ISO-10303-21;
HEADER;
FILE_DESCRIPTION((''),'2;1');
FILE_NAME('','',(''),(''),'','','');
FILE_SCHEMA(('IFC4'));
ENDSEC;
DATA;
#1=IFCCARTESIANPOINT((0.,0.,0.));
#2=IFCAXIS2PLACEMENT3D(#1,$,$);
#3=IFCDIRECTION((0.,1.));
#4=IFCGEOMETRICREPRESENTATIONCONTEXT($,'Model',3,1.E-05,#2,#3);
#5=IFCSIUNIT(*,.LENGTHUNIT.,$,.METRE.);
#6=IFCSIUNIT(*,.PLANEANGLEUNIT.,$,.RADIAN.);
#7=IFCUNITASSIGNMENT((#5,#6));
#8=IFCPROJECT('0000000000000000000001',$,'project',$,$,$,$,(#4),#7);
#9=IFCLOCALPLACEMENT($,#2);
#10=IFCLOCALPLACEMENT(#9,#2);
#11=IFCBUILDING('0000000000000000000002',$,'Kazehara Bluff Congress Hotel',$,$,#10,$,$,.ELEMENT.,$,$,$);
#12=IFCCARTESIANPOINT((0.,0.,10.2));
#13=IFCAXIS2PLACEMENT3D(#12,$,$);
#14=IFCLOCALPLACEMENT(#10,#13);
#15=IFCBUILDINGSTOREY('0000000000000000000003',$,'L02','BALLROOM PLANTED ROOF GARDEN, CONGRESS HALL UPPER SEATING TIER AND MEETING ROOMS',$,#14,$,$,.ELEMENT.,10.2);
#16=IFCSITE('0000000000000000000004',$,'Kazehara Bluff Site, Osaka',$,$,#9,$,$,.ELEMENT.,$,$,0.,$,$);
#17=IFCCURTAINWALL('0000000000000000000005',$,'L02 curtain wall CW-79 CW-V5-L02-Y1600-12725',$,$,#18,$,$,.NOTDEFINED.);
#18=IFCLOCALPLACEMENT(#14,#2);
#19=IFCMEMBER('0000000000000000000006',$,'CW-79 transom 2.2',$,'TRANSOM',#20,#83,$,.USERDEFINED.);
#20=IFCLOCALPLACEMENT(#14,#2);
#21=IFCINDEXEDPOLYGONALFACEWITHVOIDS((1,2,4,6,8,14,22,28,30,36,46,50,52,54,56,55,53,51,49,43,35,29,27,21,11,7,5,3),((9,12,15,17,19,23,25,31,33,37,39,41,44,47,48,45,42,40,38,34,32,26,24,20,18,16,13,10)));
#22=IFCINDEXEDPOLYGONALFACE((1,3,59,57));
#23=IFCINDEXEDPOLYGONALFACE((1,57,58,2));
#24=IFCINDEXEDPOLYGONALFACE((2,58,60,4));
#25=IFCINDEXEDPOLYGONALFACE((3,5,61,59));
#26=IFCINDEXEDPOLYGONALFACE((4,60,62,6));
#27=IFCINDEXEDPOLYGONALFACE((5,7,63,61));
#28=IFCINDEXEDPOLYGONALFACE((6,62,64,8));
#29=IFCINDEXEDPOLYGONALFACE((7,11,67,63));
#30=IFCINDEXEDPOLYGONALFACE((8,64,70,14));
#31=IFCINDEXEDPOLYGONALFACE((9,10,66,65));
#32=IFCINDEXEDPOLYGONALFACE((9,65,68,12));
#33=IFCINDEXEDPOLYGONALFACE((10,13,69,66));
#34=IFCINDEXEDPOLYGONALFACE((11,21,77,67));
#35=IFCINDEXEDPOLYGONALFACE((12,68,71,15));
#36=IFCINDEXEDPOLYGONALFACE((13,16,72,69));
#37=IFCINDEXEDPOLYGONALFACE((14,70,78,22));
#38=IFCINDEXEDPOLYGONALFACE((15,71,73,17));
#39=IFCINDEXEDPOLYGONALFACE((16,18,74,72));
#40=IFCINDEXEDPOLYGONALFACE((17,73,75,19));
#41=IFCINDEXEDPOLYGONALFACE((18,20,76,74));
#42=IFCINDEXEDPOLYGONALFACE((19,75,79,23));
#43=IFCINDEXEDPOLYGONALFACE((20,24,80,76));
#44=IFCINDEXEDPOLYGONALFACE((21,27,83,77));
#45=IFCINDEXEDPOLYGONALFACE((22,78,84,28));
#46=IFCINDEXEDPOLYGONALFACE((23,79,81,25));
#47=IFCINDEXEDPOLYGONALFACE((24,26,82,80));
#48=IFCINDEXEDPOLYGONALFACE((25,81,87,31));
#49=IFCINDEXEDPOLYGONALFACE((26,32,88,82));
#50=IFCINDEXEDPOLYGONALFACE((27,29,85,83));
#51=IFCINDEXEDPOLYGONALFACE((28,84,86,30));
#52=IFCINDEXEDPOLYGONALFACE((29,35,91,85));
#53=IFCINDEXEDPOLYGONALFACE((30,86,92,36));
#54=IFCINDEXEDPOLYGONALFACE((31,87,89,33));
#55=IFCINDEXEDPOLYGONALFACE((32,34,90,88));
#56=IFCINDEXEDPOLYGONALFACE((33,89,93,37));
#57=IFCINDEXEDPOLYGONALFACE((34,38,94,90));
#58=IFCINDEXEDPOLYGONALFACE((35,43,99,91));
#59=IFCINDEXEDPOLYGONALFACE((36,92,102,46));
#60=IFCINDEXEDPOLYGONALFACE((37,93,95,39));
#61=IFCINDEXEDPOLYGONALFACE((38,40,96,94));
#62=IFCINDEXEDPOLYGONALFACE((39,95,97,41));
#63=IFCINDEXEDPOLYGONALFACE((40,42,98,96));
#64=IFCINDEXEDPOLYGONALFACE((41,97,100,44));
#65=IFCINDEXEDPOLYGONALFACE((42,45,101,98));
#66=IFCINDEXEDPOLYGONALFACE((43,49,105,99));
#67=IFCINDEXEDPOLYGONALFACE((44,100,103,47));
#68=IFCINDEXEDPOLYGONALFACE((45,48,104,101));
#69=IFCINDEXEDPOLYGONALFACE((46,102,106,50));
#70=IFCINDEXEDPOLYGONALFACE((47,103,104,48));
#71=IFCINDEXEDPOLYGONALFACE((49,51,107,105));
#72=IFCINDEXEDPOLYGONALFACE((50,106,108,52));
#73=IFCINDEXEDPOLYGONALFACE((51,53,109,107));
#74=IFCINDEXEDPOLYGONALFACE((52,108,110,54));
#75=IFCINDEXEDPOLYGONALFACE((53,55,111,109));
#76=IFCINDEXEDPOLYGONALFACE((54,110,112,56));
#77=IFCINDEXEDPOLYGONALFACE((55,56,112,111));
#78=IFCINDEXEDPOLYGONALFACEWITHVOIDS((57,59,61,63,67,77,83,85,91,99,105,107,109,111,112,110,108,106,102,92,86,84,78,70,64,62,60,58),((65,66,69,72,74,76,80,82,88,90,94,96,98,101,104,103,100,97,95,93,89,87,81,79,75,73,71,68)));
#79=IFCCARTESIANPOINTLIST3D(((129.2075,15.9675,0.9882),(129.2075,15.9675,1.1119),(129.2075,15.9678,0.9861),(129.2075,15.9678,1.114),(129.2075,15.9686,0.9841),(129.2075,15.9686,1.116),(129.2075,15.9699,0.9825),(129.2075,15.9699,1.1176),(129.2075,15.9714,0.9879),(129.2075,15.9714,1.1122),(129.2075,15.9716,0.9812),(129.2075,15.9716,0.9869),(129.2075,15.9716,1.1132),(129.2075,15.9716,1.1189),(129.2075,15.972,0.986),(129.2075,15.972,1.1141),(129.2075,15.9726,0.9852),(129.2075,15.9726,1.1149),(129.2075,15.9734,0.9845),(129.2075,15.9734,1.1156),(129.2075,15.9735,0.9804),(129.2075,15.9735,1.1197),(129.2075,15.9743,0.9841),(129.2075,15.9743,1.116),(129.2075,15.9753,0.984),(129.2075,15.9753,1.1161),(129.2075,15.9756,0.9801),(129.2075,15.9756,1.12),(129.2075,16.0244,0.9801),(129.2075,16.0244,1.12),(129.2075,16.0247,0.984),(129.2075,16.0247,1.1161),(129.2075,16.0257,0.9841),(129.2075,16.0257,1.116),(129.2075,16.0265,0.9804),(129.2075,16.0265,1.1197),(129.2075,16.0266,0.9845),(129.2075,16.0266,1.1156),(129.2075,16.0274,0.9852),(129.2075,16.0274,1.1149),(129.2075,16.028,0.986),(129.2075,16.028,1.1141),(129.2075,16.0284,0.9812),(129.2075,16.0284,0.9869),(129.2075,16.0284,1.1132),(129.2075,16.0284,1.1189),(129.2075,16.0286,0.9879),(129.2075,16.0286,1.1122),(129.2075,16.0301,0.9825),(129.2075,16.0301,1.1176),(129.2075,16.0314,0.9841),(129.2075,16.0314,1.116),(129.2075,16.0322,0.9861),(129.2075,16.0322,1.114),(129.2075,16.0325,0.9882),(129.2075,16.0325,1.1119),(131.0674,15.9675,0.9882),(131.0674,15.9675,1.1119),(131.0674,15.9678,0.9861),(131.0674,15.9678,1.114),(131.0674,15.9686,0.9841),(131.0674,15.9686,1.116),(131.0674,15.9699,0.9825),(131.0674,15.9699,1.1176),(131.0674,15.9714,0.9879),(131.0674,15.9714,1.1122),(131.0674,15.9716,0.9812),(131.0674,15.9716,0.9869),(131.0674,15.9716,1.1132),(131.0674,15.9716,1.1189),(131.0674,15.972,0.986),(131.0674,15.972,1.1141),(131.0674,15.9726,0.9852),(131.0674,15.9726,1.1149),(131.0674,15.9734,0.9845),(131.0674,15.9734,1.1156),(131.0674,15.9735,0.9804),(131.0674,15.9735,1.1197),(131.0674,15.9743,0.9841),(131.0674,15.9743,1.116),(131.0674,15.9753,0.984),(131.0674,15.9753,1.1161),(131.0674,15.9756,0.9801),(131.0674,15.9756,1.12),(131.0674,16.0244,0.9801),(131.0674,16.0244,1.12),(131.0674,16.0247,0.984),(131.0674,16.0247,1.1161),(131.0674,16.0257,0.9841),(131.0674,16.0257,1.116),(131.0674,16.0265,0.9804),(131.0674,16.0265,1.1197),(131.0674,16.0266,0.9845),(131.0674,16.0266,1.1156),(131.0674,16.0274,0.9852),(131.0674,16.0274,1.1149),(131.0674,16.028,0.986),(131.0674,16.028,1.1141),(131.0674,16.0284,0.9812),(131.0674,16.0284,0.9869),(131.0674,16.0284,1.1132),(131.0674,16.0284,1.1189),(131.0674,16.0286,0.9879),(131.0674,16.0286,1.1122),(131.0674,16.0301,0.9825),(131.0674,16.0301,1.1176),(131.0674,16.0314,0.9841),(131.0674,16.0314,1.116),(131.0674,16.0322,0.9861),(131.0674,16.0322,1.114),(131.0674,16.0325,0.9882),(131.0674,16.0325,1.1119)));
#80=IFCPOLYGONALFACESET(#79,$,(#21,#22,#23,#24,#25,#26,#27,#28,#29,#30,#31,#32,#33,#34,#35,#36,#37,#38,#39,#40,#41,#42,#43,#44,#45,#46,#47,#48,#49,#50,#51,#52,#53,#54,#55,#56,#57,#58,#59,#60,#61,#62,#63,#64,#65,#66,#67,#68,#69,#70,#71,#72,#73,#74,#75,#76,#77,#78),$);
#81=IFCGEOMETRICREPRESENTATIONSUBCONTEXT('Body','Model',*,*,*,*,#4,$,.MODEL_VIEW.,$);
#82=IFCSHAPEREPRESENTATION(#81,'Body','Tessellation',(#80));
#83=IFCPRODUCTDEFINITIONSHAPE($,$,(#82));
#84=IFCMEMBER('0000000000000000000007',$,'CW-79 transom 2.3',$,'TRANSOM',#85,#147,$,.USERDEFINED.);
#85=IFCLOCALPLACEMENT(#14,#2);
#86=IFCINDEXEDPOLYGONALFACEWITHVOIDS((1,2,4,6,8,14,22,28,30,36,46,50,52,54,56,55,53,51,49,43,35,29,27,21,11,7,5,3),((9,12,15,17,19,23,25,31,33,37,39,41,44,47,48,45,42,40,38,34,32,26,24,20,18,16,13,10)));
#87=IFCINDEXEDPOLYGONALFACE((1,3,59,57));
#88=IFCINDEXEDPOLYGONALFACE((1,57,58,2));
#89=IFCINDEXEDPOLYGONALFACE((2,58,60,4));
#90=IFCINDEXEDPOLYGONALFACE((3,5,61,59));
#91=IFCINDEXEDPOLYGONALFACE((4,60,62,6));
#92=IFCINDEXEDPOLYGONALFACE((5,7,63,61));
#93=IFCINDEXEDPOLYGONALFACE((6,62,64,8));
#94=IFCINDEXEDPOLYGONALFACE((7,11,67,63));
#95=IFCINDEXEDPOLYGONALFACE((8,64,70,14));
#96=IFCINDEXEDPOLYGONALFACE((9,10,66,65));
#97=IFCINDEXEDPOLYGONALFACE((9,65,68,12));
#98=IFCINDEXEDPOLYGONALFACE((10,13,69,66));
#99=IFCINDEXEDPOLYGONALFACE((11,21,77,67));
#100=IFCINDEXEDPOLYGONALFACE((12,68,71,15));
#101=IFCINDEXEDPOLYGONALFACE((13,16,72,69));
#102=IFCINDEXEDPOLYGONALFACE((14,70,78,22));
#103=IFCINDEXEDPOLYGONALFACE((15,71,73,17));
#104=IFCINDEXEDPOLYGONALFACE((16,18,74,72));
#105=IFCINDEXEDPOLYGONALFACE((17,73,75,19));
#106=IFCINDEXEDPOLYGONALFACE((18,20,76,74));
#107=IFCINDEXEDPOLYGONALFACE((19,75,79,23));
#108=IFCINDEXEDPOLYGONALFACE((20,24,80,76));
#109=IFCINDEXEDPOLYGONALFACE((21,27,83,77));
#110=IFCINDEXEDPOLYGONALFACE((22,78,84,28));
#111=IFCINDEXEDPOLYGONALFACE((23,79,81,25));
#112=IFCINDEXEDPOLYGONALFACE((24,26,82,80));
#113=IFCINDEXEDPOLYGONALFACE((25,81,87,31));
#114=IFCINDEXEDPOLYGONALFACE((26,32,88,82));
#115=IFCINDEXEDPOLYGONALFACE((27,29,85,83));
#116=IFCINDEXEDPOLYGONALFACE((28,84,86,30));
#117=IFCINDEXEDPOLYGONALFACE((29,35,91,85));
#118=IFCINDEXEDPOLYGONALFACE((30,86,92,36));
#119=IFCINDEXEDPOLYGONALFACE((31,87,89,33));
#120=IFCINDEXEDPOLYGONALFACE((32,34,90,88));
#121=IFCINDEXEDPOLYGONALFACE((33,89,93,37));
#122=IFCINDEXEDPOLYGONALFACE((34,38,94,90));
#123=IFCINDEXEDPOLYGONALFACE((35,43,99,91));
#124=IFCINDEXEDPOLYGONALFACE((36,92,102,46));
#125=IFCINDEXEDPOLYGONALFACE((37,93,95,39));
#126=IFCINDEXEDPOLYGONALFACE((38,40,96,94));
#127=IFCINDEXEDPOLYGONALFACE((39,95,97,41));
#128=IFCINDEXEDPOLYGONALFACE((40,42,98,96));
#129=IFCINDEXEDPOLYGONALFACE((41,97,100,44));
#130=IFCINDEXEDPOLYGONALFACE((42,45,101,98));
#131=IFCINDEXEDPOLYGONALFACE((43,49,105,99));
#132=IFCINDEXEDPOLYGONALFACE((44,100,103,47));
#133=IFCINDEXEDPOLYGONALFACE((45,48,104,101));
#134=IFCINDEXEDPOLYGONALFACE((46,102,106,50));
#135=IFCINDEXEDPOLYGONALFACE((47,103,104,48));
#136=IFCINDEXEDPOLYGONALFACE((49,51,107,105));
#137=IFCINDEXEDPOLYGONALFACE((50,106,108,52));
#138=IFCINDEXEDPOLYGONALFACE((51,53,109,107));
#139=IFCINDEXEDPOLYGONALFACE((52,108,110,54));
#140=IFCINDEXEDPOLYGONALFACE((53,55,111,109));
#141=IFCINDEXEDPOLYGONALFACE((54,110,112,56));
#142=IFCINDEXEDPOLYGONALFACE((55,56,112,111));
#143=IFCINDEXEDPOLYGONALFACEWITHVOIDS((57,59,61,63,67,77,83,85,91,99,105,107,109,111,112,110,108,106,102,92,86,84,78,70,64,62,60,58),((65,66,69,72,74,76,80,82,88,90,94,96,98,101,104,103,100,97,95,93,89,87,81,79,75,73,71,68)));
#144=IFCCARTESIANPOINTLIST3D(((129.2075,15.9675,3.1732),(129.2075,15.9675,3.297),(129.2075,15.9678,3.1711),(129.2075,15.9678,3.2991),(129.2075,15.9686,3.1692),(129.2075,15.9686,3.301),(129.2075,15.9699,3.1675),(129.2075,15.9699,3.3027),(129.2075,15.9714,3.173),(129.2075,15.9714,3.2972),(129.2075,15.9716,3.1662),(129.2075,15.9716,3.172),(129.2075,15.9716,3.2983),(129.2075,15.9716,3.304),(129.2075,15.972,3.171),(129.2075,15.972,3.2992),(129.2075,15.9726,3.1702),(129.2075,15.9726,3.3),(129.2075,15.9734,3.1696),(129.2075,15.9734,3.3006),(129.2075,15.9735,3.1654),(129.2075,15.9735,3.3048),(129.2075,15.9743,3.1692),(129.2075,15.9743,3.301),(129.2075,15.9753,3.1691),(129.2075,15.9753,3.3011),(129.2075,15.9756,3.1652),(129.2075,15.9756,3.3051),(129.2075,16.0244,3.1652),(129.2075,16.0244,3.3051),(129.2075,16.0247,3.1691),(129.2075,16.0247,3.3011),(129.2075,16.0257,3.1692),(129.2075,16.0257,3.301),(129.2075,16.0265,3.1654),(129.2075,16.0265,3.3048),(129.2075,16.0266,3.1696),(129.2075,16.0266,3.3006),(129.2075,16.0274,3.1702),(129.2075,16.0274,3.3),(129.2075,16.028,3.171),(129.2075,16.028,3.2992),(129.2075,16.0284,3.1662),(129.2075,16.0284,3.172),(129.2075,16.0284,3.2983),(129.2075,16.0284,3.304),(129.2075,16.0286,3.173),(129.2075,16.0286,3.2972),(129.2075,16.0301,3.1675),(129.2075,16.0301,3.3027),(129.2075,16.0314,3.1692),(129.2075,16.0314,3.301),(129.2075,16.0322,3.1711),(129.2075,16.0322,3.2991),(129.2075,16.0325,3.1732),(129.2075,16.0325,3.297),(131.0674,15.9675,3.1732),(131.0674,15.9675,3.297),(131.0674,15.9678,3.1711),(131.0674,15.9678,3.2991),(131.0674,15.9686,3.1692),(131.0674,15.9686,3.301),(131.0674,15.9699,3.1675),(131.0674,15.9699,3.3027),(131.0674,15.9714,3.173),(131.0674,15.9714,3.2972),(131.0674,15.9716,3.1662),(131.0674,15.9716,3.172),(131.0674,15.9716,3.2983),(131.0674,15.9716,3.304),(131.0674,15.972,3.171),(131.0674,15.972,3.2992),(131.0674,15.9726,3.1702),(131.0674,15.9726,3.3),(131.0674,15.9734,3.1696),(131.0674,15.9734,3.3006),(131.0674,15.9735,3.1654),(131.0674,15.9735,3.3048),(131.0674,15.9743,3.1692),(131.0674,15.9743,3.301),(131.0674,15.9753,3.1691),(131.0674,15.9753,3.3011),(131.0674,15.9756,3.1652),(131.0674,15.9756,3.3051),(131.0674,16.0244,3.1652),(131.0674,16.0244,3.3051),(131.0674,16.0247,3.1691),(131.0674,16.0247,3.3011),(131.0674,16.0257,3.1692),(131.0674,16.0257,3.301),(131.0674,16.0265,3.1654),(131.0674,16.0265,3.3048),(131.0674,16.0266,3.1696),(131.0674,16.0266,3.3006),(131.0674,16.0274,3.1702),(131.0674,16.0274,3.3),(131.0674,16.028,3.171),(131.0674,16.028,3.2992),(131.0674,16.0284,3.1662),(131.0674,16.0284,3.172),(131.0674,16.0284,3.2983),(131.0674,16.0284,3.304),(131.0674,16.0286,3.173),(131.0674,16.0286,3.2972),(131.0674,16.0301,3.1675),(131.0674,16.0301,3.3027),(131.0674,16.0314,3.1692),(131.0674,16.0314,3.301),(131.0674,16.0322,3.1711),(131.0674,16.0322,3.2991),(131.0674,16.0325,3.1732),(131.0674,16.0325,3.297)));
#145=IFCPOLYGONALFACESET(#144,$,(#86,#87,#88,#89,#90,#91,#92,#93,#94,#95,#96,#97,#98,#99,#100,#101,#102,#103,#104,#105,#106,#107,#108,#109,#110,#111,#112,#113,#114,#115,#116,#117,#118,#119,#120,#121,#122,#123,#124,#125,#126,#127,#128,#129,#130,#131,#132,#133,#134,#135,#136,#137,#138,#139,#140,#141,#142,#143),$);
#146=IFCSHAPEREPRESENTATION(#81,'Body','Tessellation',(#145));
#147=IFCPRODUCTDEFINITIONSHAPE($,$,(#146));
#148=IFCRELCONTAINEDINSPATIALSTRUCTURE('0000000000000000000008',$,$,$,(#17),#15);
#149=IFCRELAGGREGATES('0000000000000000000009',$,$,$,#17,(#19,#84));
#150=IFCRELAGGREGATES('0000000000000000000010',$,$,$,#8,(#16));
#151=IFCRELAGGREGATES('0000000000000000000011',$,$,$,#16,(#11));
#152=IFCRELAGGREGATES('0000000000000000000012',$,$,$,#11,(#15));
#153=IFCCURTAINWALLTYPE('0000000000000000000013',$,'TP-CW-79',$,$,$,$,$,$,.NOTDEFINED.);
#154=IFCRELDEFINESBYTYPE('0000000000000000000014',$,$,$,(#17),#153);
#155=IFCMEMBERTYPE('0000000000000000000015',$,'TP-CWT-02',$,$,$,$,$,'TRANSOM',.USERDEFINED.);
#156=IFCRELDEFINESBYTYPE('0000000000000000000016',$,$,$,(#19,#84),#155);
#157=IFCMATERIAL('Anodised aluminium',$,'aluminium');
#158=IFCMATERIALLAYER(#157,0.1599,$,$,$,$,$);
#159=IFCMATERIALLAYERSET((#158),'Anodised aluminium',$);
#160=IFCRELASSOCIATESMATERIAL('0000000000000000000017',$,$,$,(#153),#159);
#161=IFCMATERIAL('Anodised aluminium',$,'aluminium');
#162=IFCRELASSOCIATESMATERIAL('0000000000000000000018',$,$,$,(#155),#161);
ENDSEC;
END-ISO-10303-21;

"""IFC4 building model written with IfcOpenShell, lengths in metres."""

from ifc_helpers import new_model, si_unit, direction, frame, origin, origin_2d, place, context, subcontext, project, spatial, hollow_rectangle, extrude, material, layer, layer_set, material_profile, profile_set, type_object, element, aggregate, save


model = new_model("IFC4")

# Units and contexts
model_context = context("Model", 3, precision=1e-05, world=origin(), true_north=direction((0.0, 1.0)))
body_context = subcontext(model_context, "Body", "Model", "MODEL_VIEW")
ifc_project = project(units=[si_unit("LENGTHUNIT", "METRE"), si_unit("PLANEANGLEUNIT", "RADIAN")], contexts=[model_context])

# Site, building, storey
site_placement = place(None, origin())
site = spatial("IfcSite", under=ifc_project, at=site_placement, Name="Kazehara Bluff Site, Osaka", CompositionType="ELEMENT", RefElevation=0.0)
building_placement = place(site_placement, origin())
building = spatial("IfcBuilding", under=site, at=building_placement, Name="Kazehara Bluff Congress Hotel", CompositionType="ELEMENT")
storey_placement = place(building_placement, frame((0.0, 0.0, 10.2)))
storey = spatial("IfcBuildingStorey", under=building, at=storey_placement, Name="L02", Description="BALLROOM PLANTED ROOF GARDEN, CONGRESS HALL UPPER SEATING TIER AND MEETING ROOMS", CompositionType="ELEMENT", Elevation=10.2)

# Curtain wall
ifc_material_1 = material(Name="Anodised aluminium", Category="aluminium")
ifc_layer_1 = layer(ifc_material_1, 0.1599)
ifc_layer_set_1 = layer_set([ifc_layer_1], Name="Anodised aluminium")
curtain_wall_type_1 = type_object("IfcCurtainWallType", Name="TP-CW-79", PredefinedType="NOTDEFINED", material=ifc_layer_set_1)
curtain_wall_1_placement = place(storey_placement, origin())
curtain_wall_1 = element("IfcCurtainWall", 1, at=curtain_wall_1_placement, inside=storey, type_object=curtain_wall_type_1, Name="L02 curtain wall CW-79 CW-V5-L02-Y1600-12725", PredefinedType="NOTDEFINED")

# Members
ifc_material_2 = material(Name="Anodised aluminium", Category="aluminium")
ifc_material_profile_1 = material_profile(ifc_material_2, hollow_rectangle(XDim=0.0649, YDim=0.1399, WallThickness=0.0039, InnerFilletRadius=0.0039, OuterFilletRadius=0.0081, at=origin_2d()))
ifc_profile_set_1 = profile_set([ifc_material_profile_1], Name="Anodised aluminium")
member_type_1 = type_object("IfcMemberType", Name="TP-CWT-02", ElementType="TRANSOM", PredefinedType="USERDEFINED", material=ifc_profile_set_1)
member_1_placement = place(storey_placement, frame((129.2075, 16.0, 1.05), z_axis=(1.0, 0.0, 0.0), x_axis=(0.0, 1.0, 0.0)))
member_1 = element("IfcMember", 2, at=member_1_placement, type_object=member_type_1, Name="CW-79 transom 2.2", ObjectType="TRANSOM", PredefinedType="USERDEFINED", context=body_context, shape_type="SweptSolid", body=[
    extrude(hollow_rectangle(XDim=0.0649, YDim=0.1399, WallThickness=0.0039, InnerFilletRadius=0.0039, OuterFilletRadius=0.0081, at=origin_2d()), origin(), (0.0, 0.0, 1.0), 1.8599),
])
member_2_placement = place(storey_placement, frame((129.2075, 16.0, 3.2351), z_axis=(1.0, 0.0, 0.0), x_axis=(0.0, 1.0, 0.0)))
member_2 = element("IfcMember", 3, at=member_2_placement, type_object=member_type_1, Name="CW-79 transom 2.3", ObjectType="TRANSOM", PredefinedType="USERDEFINED", context=body_context, shape_type="SweptSolid", body=[
    extrude(hollow_rectangle(XDim=0.0649, YDim=0.1399, WallThickness=0.0039, InnerFilletRadius=0.0039, OuterFilletRadius=0.0081, at=origin_2d()), origin(), (0.0, 0.0, 1.0), 1.8599),
])

aggregate(curtain_wall_1, [member_1, member_2])

save(model, "model.ifc")
